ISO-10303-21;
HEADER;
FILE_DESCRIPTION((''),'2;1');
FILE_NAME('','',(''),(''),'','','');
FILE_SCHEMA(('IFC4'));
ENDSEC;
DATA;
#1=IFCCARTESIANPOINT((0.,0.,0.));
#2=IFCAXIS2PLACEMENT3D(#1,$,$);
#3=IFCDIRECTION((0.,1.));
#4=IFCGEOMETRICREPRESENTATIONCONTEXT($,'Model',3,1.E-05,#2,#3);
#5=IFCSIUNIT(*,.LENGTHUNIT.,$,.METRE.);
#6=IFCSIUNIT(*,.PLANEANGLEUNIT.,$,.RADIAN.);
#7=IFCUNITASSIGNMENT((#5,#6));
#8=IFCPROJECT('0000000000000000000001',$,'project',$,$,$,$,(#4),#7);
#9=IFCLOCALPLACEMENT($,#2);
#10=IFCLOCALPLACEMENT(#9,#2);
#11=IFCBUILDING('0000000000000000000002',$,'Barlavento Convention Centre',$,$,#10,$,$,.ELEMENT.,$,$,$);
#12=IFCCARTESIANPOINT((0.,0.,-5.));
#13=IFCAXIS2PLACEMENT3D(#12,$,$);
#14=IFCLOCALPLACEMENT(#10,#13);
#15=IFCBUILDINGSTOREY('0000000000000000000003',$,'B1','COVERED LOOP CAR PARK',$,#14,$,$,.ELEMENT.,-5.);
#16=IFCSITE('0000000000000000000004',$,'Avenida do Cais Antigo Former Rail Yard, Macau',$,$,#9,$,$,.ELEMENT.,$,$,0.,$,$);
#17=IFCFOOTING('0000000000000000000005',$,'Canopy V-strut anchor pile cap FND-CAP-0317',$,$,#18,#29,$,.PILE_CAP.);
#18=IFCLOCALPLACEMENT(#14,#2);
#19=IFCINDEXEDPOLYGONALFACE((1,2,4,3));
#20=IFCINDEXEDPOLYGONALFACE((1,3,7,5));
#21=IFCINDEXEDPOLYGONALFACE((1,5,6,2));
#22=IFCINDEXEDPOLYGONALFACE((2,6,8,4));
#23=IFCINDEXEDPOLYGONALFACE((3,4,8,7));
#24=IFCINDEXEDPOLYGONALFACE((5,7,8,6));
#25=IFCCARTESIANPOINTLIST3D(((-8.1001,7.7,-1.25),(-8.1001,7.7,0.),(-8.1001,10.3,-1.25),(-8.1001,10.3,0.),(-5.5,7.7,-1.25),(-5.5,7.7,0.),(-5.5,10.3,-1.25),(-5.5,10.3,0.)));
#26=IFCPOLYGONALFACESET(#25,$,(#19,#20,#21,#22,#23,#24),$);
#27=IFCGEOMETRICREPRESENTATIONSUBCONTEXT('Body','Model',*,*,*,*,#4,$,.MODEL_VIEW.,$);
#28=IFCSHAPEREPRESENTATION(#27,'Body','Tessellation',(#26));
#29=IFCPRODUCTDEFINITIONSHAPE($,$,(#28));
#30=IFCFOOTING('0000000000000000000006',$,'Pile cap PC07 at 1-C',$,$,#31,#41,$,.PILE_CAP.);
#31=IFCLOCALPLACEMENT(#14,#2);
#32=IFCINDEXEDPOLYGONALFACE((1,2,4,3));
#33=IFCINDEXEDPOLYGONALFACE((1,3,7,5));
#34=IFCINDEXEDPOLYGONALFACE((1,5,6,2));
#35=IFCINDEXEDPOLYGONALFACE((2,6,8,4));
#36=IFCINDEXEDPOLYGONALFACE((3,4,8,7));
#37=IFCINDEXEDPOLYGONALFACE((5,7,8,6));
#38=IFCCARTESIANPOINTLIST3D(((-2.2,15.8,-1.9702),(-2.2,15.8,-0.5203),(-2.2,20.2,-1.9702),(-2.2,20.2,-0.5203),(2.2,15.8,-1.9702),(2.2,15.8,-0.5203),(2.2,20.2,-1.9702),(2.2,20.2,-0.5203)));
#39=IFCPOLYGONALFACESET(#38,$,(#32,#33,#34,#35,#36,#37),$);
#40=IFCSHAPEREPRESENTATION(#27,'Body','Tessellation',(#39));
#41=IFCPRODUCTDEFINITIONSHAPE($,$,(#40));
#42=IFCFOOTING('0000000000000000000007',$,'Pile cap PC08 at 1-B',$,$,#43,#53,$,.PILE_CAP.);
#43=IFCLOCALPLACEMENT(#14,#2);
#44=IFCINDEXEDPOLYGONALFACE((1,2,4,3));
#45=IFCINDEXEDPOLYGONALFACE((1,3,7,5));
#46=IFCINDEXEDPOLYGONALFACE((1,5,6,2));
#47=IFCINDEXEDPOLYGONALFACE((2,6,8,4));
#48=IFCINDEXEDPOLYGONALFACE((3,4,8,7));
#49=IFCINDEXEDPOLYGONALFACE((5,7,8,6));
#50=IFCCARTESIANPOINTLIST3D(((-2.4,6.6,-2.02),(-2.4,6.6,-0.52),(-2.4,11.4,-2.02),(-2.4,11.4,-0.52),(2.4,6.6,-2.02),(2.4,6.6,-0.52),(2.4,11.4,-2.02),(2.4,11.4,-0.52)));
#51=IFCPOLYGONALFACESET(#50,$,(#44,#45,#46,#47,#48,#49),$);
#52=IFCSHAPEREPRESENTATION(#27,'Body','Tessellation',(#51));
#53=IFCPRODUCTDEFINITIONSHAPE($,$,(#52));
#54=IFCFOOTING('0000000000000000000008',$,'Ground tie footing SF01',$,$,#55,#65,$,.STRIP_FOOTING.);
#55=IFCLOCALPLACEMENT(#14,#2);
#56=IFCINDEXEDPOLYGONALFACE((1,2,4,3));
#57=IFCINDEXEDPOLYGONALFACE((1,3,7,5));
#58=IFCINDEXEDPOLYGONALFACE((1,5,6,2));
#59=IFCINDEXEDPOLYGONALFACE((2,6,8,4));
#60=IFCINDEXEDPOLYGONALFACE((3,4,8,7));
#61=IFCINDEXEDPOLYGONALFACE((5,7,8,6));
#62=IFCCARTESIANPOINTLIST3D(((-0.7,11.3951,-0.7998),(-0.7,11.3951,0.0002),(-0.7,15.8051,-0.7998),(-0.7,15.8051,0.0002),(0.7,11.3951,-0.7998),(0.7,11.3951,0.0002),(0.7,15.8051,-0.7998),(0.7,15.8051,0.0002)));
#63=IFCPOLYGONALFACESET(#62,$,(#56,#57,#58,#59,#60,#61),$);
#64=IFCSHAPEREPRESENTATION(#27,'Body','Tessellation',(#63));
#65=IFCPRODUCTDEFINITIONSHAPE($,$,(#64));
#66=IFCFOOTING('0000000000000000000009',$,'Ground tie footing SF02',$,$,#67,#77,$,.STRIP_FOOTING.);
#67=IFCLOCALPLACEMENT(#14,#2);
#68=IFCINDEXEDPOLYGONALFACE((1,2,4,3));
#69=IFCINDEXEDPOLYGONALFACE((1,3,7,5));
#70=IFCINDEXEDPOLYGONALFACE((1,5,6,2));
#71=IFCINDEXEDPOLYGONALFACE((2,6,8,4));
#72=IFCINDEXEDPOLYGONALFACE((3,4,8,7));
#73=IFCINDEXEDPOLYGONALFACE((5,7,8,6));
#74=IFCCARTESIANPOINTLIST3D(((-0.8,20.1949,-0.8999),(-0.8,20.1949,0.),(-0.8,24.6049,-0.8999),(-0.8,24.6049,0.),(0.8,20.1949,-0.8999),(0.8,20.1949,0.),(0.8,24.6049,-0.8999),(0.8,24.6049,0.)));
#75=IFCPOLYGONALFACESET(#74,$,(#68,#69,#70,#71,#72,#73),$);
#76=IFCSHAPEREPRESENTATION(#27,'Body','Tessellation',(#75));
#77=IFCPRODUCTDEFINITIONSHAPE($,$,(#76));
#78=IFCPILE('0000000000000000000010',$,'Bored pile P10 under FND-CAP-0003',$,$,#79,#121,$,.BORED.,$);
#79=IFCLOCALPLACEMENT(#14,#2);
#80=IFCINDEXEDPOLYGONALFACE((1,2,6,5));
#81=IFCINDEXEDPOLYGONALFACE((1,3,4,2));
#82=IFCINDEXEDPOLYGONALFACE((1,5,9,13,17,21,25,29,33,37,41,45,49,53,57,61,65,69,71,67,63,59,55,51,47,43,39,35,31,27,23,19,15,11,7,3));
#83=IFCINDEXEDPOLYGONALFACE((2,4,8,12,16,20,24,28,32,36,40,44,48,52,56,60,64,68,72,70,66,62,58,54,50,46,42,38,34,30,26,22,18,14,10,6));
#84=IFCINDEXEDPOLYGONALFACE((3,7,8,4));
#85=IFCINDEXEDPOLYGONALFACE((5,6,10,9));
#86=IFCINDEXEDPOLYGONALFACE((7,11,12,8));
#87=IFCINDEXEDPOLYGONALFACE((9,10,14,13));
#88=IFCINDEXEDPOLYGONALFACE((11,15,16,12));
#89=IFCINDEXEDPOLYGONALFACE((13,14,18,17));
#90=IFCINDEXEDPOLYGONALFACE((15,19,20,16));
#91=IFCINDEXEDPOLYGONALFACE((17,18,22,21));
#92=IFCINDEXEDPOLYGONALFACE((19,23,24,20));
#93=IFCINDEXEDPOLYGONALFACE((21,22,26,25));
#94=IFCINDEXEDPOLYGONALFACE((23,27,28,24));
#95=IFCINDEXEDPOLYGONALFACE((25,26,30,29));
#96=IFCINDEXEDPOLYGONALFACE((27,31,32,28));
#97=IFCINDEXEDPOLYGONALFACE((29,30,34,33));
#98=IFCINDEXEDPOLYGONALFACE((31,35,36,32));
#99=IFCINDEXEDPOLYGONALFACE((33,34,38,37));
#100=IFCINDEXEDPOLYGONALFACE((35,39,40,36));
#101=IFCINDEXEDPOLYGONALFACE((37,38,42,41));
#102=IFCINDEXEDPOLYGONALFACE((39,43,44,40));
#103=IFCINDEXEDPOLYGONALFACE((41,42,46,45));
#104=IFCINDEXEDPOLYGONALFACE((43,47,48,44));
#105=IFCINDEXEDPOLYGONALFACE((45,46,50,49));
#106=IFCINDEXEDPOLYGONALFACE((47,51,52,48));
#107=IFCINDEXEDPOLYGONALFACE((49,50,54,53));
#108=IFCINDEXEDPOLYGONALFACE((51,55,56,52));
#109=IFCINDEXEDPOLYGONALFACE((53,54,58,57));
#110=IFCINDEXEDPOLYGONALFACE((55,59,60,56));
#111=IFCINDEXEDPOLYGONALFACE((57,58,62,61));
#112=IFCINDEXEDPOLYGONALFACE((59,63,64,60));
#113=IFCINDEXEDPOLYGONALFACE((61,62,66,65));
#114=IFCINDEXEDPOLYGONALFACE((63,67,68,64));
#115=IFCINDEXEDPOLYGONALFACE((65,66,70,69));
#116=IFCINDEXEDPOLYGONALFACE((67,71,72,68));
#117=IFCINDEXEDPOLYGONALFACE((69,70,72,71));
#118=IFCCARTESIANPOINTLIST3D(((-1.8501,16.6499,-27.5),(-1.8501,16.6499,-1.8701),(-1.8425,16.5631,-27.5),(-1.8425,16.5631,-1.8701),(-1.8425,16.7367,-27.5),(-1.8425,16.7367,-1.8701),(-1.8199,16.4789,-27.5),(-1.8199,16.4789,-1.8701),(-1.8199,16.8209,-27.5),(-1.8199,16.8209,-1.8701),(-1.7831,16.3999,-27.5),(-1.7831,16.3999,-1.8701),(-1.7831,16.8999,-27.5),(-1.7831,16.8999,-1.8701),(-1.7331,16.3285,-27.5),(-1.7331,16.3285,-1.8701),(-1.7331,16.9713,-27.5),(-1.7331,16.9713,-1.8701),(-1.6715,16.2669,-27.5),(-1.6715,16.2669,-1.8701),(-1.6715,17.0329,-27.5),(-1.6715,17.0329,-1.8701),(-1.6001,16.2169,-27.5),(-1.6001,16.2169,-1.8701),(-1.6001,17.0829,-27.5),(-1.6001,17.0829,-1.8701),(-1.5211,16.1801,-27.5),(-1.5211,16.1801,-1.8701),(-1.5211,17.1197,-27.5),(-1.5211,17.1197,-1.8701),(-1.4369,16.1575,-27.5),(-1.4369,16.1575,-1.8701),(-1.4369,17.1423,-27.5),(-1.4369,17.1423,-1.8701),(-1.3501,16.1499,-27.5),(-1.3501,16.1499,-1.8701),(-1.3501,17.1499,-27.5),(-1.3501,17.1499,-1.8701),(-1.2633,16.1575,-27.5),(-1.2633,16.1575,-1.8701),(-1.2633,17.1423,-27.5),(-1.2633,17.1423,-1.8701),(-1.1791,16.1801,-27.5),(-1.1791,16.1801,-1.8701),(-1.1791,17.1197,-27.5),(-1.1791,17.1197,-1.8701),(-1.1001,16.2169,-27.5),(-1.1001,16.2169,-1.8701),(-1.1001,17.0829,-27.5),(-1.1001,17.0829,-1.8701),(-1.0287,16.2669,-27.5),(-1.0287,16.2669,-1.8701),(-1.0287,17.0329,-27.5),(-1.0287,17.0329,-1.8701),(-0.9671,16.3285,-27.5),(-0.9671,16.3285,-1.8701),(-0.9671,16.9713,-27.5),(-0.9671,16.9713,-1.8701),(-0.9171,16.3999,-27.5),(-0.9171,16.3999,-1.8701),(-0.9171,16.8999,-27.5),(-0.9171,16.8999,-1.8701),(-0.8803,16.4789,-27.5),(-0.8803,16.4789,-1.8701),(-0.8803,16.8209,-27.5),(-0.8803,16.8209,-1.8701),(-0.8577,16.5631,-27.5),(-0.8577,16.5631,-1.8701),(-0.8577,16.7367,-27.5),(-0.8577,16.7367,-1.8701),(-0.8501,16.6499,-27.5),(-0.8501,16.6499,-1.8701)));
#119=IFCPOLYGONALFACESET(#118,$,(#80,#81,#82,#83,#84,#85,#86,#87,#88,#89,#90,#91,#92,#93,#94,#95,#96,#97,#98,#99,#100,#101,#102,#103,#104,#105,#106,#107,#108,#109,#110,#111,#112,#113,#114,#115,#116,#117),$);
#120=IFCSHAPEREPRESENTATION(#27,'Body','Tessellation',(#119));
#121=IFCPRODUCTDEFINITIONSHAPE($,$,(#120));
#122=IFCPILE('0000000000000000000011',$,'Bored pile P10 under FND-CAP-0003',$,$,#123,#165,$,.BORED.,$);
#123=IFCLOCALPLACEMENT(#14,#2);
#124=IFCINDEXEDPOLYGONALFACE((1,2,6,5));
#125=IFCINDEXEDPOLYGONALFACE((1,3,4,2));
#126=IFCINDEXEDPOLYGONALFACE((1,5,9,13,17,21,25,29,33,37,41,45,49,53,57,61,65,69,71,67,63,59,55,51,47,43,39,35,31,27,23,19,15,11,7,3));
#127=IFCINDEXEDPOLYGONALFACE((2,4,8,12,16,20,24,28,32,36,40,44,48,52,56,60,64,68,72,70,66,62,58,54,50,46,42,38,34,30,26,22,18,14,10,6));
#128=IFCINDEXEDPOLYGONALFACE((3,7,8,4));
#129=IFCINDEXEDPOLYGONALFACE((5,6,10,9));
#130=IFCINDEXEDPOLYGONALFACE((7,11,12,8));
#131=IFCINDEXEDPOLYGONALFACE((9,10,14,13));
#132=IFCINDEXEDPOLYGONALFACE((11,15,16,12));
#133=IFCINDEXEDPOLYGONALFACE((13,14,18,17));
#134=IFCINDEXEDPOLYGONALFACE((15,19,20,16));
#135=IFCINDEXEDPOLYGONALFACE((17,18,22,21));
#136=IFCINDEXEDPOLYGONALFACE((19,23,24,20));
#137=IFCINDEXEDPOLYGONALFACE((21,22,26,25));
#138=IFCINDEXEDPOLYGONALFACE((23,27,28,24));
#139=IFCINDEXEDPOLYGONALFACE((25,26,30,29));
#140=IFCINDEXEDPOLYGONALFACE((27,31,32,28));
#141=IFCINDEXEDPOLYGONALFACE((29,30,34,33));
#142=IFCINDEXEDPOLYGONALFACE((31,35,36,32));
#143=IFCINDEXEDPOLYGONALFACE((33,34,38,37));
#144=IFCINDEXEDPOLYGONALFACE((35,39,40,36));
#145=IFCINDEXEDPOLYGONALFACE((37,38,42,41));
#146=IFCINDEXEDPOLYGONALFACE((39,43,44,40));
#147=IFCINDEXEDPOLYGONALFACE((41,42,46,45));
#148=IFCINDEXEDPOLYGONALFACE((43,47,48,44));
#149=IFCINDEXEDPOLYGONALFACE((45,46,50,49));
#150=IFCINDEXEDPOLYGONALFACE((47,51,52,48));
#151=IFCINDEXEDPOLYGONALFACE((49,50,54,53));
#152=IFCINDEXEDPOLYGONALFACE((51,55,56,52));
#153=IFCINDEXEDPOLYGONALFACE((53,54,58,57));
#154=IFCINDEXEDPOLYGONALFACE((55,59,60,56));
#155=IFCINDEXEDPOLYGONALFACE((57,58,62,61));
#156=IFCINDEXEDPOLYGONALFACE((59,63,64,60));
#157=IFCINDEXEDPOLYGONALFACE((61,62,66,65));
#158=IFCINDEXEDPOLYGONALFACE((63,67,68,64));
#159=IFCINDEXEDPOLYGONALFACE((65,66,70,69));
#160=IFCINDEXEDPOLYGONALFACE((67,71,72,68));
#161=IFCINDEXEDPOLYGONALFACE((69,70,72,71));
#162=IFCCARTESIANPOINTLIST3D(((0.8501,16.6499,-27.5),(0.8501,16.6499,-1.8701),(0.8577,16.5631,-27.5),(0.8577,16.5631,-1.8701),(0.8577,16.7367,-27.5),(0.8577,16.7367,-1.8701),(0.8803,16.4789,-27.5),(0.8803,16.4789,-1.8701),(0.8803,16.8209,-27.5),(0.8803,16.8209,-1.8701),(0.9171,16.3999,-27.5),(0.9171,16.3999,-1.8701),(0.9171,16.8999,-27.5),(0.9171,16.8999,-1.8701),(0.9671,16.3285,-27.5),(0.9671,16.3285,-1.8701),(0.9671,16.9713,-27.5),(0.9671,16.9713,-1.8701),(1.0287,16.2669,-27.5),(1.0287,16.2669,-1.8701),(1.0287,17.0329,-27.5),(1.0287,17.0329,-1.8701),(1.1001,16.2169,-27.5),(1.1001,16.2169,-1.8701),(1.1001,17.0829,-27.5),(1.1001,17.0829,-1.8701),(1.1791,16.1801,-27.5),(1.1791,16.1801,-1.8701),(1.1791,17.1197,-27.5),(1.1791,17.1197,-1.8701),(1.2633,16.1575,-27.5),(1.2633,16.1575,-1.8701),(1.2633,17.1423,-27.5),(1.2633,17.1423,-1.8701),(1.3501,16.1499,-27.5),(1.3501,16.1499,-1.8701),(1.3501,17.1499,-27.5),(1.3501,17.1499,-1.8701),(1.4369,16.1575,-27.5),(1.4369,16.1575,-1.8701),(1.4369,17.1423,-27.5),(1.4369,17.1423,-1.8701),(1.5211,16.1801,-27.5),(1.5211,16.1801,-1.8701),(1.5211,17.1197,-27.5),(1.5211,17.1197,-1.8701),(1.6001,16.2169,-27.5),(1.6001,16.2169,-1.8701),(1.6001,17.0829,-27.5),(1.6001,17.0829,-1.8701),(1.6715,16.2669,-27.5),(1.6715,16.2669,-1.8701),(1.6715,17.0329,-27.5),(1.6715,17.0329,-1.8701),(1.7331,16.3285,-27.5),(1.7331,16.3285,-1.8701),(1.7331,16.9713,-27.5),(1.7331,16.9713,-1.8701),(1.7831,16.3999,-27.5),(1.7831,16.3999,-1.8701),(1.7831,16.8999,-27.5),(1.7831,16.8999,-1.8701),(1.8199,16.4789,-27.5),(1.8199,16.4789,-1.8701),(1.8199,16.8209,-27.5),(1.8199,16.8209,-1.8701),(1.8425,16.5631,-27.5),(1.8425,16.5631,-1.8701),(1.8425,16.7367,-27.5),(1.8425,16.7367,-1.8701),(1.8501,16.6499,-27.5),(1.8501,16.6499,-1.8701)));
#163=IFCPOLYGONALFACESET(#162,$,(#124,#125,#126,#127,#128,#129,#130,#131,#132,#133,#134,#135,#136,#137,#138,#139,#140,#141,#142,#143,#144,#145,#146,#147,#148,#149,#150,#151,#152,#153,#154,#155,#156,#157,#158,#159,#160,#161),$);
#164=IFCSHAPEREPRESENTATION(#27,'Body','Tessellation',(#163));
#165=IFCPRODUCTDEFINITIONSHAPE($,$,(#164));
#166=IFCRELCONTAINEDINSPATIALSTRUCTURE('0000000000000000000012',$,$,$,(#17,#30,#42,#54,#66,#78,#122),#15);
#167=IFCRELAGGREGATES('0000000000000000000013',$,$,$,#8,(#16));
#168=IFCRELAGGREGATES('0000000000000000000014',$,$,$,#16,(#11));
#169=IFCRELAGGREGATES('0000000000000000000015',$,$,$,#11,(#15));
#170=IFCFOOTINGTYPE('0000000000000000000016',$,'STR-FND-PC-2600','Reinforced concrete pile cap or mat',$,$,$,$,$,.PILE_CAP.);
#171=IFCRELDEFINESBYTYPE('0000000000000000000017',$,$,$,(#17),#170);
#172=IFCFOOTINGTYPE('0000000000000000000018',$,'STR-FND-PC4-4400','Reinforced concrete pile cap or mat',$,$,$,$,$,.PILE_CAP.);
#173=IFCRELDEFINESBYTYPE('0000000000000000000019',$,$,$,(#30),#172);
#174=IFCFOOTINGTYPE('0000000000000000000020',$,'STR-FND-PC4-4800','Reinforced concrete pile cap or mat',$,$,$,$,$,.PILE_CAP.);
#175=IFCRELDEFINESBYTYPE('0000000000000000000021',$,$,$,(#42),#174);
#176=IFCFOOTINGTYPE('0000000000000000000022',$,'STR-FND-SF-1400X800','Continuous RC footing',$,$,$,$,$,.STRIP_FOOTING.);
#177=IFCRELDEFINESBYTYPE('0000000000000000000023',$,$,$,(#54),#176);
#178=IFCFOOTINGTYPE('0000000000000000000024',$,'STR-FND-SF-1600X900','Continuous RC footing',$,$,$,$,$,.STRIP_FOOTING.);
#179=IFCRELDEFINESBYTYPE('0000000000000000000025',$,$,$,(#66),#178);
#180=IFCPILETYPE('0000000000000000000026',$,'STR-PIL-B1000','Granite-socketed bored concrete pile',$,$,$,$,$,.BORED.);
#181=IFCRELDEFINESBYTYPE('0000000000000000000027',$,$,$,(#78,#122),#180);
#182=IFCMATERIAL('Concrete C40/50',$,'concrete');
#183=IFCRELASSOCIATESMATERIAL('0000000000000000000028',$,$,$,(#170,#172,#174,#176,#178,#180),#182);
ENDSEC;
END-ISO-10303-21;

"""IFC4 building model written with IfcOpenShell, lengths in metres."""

from ifc_helpers import new_model, si_unit, direction, frame, origin, origin_2d, place, context, subcontext, project, spatial, rectangle, circle, extrude, material, material_profile, profile_set, type_object, element, save


model = new_model("IFC4")

# Units and contexts
model_context = context("Model", 3, precision=1e-05, world=origin(), true_north=direction((0.0, 1.0)))
body_context = subcontext(model_context, "Body", "Model", "MODEL_VIEW")
ifc_project = project(units=[si_unit("LENGTHUNIT", "METRE"), si_unit("PLANEANGLEUNIT", "RADIAN")], contexts=[model_context])

# Site, building, storey
site_placement = place(None, origin())
site = spatial("IfcSite", under=ifc_project, at=site_placement, Name="Avenida do Cais Antigo Former Rail Yard, Macau", CompositionType="ELEMENT", RefElevation=0.0)
building_placement = place(site_placement, origin())
building = spatial("IfcBuilding", under=site, at=building_placement, Name="Barlavento Convention Centre", CompositionType="ELEMENT")
storey_placement = place(building_placement, frame((0.0, 0.0, -5.0)))
storey = spatial("IfcBuildingStorey", under=building, at=storey_placement, Name="B1", Description="COVERED LOOP CAR PARK", CompositionType="ELEMENT", Elevation=-5.0)

# Footings
ifc_material_1 = material(Name="Concrete C40/50", Category="concrete")
footing_type_1 = type_object("IfcFootingType", Name="STR-FND-PC-2600", Description="Reinforced concrete pile cap or mat", PredefinedType="PILE_CAP", material=ifc_material_1)
footing_1_placement = place(storey_placement, frame((-6.8, 9.0, -1.25), z_axis=(0.0, 0.0, 1.0), x_axis=(1.0, 0.0, 0.0)))
element("IfcFooting", 1, at=footing_1_placement, inside=storey, type_object=footing_type_1, Name="Canopy V-strut anchor pile cap FND-CAP-0317", PredefinedType="PILE_CAP", context=body_context, shape_type="SweptSolid", body=[
    extrude(rectangle(XDim=2.6001, YDim=2.6001, at=origin_2d()), origin(), (0.0, 0.0, 1.0), 1.25),
])
footing_type_2 = type_object("IfcFootingType", Name="STR-FND-PC4-4400", Description="Reinforced concrete pile cap or mat", PredefinedType="PILE_CAP", material=ifc_material_1)
footing_2_placement = place(storey_placement, frame((0.0, 18.0, -1.9702), z_axis=(0.0, 0.0, 1.0), x_axis=(1.0, 0.0, 0.0)))
element("IfcFooting", 2, at=footing_2_placement, inside=storey, type_object=footing_type_2, Name="Pile cap PC07 at 1-C", PredefinedType="PILE_CAP", context=body_context, shape_type="SweptSolid", body=[
    extrude(rectangle(XDim=4.3999, YDim=4.3999, at=origin_2d()), origin(), (0.0, 0.0, 1.0), 1.45),
])
footing_type_3 = type_object("IfcFootingType", Name="STR-FND-PC4-4800", Description="Reinforced concrete pile cap or mat", PredefinedType="PILE_CAP", material=ifc_material_1)
footing_3_placement = place(storey_placement, frame((0.0, 9.0, -2.02), z_axis=(0.0, 0.0, 1.0), x_axis=(1.0, 0.0, 0.0)))
element("IfcFooting", 3, at=footing_3_placement, inside=storey, type_object=footing_type_3, Name="Pile cap PC08 at 1-B", PredefinedType="PILE_CAP", context=body_context, shape_type="SweptSolid", body=[
    extrude(rectangle(XDim=4.8, YDim=4.8, at=origin_2d()), origin(), (0.0, 0.0, 1.0), 1.5),
])
footing_type_4 = type_object("IfcFootingType", Name="STR-FND-SF-1400X800", Description="Continuous RC footing", PredefinedType="STRIP_FOOTING", material=ifc_material_1)
footing_4_placement = place(storey_placement, frame((0.0, 13.6001, -0.7998), z_axis=(0.0, 0.0, 1.0), x_axis=(1.0, 0.0, 0.0)))
element("IfcFooting", 4, at=footing_4_placement, inside=storey, type_object=footing_type_4, Name="Ground tie footing SF01", PredefinedType="STRIP_FOOTING", context=body_context, shape_type="SweptSolid", body=[
    extrude(rectangle(XDim=1.3999, YDim=4.4099, at=origin_2d()), origin(), (0.0, 0.0, 1.0), 0.8),
])
footing_type_5 = type_object("IfcFootingType", Name="STR-FND-SF-1600X900", Description="Continuous RC footing", PredefinedType="STRIP_FOOTING", material=ifc_material_1)
footing_5_placement = place(storey_placement, frame((0.0, 22.3999, -0.8999), z_axis=(0.0, 0.0, 1.0), x_axis=(1.0, 0.0, 0.0)))
element("IfcFooting", 5, at=footing_5_placement, inside=storey, type_object=footing_type_5, Name="Ground tie footing SF02", PredefinedType="STRIP_FOOTING", context=body_context, shape_type="SweptSolid", body=[
    extrude(rectangle(XDim=1.6001, YDim=4.4099, at=origin_2d()), origin(), (0.0, 0.0, 1.0), 0.8999),
])

# Piles
ifc_material_profile_1 = material_profile(ifc_material_1, circle(Radius=0.5, at=origin_2d()), Name="BORED PILE 1000")
ifc_profile_set_1 = profile_set([ifc_material_profile_1], Name="Concrete C40/50")
pile_type_1 = type_object("IfcPileType", Name="STR-PIL-B1000", Description="Granite-socketed bored concrete pile", PredefinedType="BORED", material=ifc_profile_set_1)
for number, where, z_axis, x_axis, name in (
    (6, (-1.3501, 16.6499, -1.8701), (0.0, 0.0, -1.0), (1.0, 0.0, 0.0), "Bored pile P10 under FND-CAP-0003"),
    (7, (1.3501, 16.6499, -1.8701), (0.0, 0.0, -1.0), (1.0, 0.0, 0.0), "Bored pile P10 under FND-CAP-0003"),
):
    element("IfcPile", number, at=place(storey_placement, frame(where, z_axis=z_axis, x_axis=x_axis)), inside=storey, type_object=pile_type_1, Name=name, PredefinedType="BORED", context=body_context, shape_type="SweptSolid", body=[
        extrude(circle(Radius=0.5, at=origin_2d()), origin(), (0.0, 0.0, 1.0), 25.6299),
    ])

save(model, "model.ifc")
